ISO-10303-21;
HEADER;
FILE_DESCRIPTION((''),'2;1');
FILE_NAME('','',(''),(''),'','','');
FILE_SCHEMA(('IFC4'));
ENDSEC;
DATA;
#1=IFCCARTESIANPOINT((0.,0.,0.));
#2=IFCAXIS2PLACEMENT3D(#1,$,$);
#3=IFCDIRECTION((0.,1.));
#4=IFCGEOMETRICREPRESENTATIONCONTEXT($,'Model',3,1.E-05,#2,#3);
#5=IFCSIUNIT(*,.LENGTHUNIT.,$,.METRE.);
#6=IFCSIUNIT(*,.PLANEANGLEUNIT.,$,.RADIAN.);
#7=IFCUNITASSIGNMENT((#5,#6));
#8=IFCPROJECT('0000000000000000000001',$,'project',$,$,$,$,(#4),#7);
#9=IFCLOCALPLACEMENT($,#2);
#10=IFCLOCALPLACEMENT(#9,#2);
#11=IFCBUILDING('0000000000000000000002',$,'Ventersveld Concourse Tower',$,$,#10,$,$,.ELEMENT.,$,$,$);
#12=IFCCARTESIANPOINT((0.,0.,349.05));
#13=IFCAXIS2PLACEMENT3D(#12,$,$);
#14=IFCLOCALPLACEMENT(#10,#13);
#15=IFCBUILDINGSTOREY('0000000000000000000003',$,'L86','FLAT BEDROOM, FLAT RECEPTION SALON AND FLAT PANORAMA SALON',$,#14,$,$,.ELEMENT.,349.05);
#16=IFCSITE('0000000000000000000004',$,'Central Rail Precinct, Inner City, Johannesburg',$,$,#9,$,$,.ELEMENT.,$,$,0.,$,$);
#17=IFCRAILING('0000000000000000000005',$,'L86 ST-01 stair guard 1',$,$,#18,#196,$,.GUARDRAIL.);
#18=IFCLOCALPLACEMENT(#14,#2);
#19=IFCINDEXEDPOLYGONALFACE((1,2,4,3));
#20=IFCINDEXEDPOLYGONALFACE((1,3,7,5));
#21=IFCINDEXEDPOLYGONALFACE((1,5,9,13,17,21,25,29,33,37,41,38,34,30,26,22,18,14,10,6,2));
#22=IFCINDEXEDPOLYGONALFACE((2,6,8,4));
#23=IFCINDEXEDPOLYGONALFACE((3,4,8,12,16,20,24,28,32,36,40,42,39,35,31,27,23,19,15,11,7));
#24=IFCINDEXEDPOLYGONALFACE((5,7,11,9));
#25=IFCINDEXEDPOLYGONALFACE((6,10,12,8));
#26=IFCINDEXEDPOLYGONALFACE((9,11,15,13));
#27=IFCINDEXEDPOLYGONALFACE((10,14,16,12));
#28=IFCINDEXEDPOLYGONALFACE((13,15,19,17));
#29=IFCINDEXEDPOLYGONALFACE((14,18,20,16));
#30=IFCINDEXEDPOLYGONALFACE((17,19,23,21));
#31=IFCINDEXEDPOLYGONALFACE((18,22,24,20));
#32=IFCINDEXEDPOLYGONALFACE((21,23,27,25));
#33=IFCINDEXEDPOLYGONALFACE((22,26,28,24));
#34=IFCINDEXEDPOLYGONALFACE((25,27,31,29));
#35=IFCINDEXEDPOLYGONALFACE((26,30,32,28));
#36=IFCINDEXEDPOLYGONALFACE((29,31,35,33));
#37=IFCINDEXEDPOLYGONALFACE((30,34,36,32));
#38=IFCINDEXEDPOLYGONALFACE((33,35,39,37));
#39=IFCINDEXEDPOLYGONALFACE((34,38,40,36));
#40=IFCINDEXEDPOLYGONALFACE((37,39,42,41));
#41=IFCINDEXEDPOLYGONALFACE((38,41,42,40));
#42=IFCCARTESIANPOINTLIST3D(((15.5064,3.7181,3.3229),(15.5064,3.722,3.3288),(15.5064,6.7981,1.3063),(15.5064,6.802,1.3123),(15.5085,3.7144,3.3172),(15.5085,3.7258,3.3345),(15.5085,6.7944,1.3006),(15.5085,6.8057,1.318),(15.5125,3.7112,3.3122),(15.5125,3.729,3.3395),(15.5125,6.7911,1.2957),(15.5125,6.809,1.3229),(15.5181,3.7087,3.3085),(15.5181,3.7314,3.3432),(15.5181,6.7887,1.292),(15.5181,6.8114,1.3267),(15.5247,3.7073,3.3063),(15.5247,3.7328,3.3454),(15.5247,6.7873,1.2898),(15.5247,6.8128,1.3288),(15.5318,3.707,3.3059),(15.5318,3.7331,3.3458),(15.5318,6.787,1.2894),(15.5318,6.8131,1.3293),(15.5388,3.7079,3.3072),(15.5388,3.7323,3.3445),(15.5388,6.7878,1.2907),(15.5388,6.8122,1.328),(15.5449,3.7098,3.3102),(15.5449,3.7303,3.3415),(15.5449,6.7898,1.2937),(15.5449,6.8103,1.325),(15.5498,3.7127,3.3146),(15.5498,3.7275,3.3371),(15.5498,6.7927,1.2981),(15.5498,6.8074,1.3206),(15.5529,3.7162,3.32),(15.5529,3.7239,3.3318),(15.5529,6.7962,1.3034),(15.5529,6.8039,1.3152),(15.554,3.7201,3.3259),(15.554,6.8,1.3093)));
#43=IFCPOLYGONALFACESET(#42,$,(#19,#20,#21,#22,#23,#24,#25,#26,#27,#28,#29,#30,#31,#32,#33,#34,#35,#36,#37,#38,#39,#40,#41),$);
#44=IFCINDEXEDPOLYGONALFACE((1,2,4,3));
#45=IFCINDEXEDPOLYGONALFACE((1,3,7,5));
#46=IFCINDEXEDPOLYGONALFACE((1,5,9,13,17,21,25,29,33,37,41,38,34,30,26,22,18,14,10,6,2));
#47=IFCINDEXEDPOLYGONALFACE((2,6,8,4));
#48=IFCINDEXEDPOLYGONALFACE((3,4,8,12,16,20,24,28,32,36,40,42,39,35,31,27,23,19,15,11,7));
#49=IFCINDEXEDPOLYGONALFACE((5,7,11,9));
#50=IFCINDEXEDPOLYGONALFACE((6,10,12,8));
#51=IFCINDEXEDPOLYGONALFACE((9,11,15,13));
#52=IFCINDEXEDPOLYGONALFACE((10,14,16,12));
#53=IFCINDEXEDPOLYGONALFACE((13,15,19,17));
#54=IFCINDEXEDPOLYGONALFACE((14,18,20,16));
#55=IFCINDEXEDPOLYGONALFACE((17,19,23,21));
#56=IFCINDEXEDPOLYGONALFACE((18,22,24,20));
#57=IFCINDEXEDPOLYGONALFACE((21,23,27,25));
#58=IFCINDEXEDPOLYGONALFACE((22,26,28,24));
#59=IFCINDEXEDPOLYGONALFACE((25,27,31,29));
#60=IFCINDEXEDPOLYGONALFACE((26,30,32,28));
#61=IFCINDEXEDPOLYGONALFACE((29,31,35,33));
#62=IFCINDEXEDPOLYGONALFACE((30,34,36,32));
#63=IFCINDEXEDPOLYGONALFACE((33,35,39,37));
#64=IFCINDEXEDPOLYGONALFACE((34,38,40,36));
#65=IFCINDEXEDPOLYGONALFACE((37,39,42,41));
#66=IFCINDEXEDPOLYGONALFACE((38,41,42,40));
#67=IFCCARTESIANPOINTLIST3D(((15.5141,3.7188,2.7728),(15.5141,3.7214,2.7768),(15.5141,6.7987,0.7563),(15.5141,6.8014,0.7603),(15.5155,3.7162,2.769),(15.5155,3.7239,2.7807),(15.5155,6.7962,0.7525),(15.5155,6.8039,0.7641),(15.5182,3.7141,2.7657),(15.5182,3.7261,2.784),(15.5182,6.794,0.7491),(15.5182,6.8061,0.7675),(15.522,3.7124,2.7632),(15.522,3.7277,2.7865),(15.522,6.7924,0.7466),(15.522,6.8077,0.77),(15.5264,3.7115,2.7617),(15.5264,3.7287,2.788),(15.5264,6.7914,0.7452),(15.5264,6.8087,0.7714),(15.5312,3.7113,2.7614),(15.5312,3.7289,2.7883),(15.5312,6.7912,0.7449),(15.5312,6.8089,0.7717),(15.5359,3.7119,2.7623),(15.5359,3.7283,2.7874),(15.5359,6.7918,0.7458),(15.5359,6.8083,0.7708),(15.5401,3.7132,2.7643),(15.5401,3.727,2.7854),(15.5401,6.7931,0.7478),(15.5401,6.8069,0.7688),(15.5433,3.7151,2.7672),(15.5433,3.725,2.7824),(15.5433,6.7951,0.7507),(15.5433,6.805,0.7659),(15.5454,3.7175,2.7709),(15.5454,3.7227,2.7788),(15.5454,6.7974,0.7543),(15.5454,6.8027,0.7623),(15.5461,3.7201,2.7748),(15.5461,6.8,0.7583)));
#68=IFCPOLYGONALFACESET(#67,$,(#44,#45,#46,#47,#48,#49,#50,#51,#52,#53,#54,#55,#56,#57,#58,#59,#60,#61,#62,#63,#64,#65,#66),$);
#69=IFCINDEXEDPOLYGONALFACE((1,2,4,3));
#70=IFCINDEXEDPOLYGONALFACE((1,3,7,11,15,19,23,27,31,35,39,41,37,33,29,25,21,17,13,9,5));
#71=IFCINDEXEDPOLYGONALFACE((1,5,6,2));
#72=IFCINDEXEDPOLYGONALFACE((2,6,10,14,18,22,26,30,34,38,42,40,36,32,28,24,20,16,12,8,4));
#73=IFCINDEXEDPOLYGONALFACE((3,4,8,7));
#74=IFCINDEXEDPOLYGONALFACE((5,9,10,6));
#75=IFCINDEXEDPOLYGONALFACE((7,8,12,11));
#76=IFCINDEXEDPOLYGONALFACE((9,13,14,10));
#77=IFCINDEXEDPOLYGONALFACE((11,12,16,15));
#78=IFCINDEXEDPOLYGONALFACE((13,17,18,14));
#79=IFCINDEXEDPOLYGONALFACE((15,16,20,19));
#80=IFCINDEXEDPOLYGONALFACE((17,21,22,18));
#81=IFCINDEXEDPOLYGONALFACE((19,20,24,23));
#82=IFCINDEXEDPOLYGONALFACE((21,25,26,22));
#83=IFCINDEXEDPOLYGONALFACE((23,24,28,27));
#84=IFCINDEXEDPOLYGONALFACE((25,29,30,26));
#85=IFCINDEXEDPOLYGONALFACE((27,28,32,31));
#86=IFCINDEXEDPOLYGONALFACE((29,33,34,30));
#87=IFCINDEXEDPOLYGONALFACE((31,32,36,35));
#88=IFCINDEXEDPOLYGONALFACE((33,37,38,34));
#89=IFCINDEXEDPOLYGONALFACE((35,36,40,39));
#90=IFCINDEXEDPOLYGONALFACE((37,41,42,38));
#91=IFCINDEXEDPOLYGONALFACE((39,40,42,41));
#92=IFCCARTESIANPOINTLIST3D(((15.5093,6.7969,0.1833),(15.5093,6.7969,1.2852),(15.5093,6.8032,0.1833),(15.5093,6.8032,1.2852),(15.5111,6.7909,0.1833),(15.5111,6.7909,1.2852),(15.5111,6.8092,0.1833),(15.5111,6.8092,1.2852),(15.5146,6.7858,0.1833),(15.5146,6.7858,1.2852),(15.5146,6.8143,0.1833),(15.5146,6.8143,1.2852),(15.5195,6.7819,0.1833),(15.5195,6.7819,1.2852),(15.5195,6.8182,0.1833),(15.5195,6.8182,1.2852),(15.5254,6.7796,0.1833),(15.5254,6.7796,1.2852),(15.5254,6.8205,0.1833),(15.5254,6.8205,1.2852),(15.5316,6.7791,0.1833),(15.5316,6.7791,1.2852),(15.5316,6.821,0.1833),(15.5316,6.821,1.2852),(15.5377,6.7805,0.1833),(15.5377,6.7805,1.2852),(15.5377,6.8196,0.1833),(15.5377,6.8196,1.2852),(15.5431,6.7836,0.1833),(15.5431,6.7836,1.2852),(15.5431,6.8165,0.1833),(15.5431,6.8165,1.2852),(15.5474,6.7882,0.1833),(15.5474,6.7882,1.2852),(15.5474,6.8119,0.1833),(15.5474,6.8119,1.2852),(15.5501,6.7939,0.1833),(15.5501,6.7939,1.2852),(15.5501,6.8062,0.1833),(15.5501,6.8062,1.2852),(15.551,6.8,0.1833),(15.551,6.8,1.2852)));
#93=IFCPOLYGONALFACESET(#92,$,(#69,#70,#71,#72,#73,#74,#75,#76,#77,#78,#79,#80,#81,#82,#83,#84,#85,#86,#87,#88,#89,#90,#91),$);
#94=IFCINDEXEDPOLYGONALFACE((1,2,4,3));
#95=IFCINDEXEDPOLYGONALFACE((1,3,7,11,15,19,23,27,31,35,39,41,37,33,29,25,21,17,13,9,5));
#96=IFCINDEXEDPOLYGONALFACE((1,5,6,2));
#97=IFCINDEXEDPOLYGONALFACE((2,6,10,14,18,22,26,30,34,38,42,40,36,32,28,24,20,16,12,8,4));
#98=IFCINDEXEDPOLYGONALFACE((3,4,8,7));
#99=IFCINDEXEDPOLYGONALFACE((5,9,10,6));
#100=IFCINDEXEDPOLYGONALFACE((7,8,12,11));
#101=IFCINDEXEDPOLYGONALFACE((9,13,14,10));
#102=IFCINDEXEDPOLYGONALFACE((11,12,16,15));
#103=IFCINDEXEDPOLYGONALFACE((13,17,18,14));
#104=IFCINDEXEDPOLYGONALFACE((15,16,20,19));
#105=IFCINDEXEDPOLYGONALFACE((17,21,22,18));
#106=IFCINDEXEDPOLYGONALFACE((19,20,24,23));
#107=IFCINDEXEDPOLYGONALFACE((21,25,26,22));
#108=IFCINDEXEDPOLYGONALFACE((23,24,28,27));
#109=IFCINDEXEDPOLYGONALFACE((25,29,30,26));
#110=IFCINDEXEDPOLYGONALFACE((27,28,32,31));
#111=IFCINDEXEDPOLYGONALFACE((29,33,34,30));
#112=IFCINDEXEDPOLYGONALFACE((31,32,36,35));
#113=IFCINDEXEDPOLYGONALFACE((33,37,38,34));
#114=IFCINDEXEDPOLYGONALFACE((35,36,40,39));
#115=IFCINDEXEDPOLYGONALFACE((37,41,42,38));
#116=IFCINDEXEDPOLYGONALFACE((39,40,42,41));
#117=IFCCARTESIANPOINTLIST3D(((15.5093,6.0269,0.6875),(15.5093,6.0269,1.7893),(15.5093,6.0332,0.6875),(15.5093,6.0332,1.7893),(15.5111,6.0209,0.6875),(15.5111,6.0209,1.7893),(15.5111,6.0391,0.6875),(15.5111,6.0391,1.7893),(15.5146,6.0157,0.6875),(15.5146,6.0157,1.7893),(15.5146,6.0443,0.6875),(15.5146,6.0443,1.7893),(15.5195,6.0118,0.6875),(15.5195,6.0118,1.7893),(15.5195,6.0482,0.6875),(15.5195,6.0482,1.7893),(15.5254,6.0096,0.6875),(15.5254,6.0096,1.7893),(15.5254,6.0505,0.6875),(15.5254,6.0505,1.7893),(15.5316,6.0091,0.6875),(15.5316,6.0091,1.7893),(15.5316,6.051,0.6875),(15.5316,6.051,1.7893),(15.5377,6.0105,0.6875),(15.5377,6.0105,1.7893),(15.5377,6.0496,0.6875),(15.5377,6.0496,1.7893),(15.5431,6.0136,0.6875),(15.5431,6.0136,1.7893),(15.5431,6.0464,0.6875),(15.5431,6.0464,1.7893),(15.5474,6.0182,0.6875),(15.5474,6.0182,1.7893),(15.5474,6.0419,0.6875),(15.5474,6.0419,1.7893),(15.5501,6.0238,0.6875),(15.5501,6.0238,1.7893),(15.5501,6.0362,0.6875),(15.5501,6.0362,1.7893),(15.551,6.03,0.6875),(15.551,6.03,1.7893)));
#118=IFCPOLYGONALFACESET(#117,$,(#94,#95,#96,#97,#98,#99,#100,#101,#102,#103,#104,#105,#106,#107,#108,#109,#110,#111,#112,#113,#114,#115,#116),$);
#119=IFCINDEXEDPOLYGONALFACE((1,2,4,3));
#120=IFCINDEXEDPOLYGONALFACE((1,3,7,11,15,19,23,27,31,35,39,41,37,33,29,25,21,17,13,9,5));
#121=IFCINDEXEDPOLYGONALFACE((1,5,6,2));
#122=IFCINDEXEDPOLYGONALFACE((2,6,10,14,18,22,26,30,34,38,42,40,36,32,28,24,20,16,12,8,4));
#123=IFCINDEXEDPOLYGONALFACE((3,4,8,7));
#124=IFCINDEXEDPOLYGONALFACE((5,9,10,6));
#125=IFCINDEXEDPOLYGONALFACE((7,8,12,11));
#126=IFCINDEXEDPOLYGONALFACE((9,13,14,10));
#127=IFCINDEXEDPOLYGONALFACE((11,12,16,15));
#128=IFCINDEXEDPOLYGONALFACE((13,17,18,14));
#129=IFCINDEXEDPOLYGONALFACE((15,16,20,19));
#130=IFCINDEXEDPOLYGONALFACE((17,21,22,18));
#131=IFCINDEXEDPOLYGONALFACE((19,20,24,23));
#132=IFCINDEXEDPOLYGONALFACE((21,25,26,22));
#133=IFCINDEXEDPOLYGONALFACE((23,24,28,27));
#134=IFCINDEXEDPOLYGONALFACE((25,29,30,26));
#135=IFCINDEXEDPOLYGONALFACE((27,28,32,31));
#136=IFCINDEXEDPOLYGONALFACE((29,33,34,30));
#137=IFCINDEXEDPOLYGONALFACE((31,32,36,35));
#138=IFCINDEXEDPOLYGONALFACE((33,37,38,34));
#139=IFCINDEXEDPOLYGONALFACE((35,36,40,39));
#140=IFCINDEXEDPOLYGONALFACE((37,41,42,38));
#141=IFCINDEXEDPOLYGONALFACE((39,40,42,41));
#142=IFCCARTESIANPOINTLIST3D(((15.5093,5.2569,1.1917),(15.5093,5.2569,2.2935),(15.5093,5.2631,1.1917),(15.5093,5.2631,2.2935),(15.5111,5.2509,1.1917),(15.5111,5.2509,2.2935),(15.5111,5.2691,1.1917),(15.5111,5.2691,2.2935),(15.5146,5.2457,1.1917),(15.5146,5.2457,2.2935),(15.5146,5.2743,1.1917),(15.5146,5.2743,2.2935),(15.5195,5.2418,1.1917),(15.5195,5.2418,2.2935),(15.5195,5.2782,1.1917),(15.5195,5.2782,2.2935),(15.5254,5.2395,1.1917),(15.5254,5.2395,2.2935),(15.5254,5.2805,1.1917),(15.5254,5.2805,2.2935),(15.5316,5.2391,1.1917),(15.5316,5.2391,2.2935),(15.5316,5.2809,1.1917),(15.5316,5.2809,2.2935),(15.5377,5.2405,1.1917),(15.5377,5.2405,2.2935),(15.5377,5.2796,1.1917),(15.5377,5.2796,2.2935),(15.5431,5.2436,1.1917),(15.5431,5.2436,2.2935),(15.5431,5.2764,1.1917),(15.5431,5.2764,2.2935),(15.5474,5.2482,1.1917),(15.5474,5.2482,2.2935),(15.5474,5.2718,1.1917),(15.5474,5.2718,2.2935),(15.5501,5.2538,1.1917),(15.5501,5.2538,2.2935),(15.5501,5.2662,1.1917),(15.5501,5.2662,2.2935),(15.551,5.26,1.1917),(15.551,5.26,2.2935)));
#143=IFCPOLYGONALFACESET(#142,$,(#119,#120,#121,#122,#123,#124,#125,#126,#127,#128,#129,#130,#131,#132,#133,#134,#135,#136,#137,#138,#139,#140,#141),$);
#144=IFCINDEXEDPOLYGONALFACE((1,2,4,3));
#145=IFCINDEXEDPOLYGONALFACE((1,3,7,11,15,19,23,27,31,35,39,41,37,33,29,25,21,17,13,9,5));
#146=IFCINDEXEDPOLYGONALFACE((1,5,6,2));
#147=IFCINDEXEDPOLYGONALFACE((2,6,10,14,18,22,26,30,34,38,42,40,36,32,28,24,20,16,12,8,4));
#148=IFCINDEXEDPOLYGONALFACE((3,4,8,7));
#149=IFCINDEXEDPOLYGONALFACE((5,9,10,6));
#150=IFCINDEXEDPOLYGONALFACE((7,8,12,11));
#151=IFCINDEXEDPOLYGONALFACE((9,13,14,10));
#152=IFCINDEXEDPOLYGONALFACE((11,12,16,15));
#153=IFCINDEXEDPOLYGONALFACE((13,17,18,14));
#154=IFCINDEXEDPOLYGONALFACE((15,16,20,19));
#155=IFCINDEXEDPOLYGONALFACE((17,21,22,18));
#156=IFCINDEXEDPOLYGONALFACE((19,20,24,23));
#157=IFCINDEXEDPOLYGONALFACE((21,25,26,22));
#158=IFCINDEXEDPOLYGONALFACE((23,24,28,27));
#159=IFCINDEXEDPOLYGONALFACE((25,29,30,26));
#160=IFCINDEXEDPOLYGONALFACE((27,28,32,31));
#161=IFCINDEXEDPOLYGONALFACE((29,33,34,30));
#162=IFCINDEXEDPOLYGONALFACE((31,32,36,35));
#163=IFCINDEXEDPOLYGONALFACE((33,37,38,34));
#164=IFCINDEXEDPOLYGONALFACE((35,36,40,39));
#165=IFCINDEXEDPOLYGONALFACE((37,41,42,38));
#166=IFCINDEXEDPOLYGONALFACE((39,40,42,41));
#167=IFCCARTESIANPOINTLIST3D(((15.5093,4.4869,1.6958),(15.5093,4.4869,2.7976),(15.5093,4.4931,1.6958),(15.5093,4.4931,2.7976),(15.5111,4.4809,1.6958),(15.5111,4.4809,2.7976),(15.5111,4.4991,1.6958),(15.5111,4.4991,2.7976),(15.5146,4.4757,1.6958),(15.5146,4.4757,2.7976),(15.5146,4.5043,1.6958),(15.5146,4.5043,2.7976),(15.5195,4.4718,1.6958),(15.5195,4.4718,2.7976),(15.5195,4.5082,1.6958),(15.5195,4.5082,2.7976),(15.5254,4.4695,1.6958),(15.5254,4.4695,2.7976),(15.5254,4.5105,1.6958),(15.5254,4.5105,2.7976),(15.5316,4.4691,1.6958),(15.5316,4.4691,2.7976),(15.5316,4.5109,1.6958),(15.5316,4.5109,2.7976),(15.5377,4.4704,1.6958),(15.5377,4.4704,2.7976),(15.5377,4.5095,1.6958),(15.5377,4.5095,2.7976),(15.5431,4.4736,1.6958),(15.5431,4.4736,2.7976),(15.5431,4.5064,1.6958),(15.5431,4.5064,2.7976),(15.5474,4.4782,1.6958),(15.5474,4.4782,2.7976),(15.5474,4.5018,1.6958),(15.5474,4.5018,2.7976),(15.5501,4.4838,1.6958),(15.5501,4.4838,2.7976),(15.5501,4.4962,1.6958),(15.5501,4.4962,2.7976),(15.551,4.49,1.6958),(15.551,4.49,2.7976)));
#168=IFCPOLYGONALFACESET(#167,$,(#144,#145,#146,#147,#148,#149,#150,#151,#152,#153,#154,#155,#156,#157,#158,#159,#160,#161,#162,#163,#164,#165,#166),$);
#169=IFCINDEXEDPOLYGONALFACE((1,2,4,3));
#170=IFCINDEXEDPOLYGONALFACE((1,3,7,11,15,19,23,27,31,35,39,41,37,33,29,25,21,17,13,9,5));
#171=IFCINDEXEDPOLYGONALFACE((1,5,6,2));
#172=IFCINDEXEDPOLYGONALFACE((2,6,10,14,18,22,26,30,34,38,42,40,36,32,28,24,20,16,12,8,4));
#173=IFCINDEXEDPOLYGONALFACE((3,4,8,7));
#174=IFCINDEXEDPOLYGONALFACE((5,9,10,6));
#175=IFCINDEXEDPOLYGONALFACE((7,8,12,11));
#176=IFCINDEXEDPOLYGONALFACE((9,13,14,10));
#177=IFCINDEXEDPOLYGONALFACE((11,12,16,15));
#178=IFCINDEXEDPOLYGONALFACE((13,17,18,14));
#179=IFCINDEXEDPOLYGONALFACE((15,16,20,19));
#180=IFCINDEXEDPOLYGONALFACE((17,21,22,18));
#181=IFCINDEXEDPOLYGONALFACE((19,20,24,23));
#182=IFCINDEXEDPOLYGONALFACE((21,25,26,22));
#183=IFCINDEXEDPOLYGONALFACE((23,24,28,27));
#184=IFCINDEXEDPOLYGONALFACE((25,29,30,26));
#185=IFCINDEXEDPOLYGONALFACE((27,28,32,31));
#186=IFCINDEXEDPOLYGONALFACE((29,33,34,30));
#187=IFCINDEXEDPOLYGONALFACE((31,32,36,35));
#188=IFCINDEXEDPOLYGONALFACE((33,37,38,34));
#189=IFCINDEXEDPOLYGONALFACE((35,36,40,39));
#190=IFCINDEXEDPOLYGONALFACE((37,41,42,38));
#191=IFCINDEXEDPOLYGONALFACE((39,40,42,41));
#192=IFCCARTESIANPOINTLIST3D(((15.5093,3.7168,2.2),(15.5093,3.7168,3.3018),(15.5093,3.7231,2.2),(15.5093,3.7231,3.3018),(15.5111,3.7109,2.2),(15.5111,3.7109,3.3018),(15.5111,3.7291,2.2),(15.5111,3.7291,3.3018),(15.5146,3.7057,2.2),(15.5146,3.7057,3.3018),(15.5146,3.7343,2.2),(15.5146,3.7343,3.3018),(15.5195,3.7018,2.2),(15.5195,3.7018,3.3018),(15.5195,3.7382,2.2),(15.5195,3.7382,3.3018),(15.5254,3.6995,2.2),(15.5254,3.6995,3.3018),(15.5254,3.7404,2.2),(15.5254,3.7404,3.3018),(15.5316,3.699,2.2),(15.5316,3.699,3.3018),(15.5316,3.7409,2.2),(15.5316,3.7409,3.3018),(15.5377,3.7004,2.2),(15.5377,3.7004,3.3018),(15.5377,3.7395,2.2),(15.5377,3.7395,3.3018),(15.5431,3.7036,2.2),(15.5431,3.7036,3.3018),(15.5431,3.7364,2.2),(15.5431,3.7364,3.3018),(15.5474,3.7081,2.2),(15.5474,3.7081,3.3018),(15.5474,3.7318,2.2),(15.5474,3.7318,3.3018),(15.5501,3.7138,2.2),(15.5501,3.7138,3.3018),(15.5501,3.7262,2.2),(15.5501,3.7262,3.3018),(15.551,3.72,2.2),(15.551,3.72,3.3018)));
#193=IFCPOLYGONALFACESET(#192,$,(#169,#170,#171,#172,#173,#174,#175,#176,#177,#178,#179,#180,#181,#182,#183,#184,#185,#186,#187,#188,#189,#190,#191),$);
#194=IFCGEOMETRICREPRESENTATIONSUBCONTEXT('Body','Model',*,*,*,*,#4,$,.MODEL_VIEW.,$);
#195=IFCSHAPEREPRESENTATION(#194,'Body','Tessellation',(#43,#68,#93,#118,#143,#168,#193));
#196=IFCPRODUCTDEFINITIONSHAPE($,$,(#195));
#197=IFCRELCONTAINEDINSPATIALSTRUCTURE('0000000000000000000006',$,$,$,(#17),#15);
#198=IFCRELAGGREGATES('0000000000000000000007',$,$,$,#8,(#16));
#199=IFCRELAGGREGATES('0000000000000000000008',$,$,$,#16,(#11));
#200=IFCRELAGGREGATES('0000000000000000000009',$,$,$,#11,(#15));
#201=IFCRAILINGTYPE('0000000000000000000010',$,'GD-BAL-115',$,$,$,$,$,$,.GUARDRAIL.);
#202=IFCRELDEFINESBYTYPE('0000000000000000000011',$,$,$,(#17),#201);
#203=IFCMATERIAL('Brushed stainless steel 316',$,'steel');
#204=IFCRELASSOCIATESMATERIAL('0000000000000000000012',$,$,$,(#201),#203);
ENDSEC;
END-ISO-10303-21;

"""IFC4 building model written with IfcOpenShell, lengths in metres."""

from ifc_helpers import new_model, si_unit, direction, frame, origin, origin_2d, place, context, subcontext, project, spatial, circle, extrude, material, type_object, element, save


model = new_model("IFC4")

# Units and contexts
model_context = context("Model", 3, precision=1e-05, world=origin(), true_north=direction((0.0, 1.0)))
body_context = subcontext(model_context, "Body", "Model", "MODEL_VIEW")
ifc_project = project(units=[si_unit("LENGTHUNIT", "METRE"), si_unit("PLANEANGLEUNIT", "RADIAN")], contexts=[model_context])

# Site, building, storey
site_placement = place(None, origin())
site = spatial("IfcSite", under=ifc_project, at=site_placement, Name="Central Rail Precinct, Inner City, Johannesburg", CompositionType="ELEMENT", RefElevation=0.0)
building_placement = place(site_placement, origin())
building = spatial("IfcBuilding", under=site, at=building_placement, Name="Ventersveld Concourse Tower", CompositionType="ELEMENT")
storey_placement = place(building_placement, frame((0.0, 0.0, 349.05)))
storey = spatial("IfcBuildingStorey", under=building, at=storey_placement, Name="L86", Description="FLAT BEDROOM, FLAT RECEPTION SALON AND FLAT PANORAMA SALON", CompositionType="ELEMENT", Elevation=349.05)

# Shared definitions
ifc_material_1 = material(Name="Brushed stainless steel 316", Category="steel")

# Railing
railing_type_1 = type_object("IfcRailingType", Name="GD-BAL-115", PredefinedType="GUARDRAIL", material=ifc_material_1)
railing_1_placement = place(storey_placement, frame((15.53, 6.8, 0.1833)))
element("IfcRailing", 1, at=railing_1_placement, inside=storey, type_object=railing_type_1, Name="L86 ST-01 stair guard 1", PredefinedType="GUARDRAIL", context=body_context, shape_type="SweptSolid", body=[
    extrude(circle(Radius=0.0239, at=origin_2d()), frame((0.0, 0.0, 1.126), z_axis=(0.0, -0.836633, 0.547764), x_axis=(1.0, 0.0, 0.0)), (0.0, 0.0, 1.0), 3.6814),
    extrude(circle(Radius=0.0161, at=origin_2d()), frame((0.0, 0.0, 0.575), z_axis=(0.0, -0.836633, 0.547764), x_axis=(1.0, 0.0, 0.0)), (0.0, 0.0, 1.0), 3.6814),
    extrude(circle(Radius=0.021, at=origin_2d()), origin(), (0.0, 0.0, 1.0), 1.1018),
    extrude(circle(Radius=0.021, at=origin_2d()), frame((0.0, -0.77, 0.5042)), (0.0, 0.0, 1.0), 1.1018),
    extrude(circle(Radius=0.021, at=origin_2d()), frame((0.0, -1.54, 1.0083)), (0.0, 0.0, 1.0), 1.1018),
    extrude(circle(Radius=0.021, at=origin_2d()), frame((0.0, -2.3101, 1.5125)), (0.0, 0.0, 1.0), 1.1018),
    extrude(circle(Radius=0.021, at=origin_2d()), frame((0.0, -3.0801, 2.0166)), (0.0, 0.0, 1.0), 1.1018),
])

save(model, "model.ifc")
